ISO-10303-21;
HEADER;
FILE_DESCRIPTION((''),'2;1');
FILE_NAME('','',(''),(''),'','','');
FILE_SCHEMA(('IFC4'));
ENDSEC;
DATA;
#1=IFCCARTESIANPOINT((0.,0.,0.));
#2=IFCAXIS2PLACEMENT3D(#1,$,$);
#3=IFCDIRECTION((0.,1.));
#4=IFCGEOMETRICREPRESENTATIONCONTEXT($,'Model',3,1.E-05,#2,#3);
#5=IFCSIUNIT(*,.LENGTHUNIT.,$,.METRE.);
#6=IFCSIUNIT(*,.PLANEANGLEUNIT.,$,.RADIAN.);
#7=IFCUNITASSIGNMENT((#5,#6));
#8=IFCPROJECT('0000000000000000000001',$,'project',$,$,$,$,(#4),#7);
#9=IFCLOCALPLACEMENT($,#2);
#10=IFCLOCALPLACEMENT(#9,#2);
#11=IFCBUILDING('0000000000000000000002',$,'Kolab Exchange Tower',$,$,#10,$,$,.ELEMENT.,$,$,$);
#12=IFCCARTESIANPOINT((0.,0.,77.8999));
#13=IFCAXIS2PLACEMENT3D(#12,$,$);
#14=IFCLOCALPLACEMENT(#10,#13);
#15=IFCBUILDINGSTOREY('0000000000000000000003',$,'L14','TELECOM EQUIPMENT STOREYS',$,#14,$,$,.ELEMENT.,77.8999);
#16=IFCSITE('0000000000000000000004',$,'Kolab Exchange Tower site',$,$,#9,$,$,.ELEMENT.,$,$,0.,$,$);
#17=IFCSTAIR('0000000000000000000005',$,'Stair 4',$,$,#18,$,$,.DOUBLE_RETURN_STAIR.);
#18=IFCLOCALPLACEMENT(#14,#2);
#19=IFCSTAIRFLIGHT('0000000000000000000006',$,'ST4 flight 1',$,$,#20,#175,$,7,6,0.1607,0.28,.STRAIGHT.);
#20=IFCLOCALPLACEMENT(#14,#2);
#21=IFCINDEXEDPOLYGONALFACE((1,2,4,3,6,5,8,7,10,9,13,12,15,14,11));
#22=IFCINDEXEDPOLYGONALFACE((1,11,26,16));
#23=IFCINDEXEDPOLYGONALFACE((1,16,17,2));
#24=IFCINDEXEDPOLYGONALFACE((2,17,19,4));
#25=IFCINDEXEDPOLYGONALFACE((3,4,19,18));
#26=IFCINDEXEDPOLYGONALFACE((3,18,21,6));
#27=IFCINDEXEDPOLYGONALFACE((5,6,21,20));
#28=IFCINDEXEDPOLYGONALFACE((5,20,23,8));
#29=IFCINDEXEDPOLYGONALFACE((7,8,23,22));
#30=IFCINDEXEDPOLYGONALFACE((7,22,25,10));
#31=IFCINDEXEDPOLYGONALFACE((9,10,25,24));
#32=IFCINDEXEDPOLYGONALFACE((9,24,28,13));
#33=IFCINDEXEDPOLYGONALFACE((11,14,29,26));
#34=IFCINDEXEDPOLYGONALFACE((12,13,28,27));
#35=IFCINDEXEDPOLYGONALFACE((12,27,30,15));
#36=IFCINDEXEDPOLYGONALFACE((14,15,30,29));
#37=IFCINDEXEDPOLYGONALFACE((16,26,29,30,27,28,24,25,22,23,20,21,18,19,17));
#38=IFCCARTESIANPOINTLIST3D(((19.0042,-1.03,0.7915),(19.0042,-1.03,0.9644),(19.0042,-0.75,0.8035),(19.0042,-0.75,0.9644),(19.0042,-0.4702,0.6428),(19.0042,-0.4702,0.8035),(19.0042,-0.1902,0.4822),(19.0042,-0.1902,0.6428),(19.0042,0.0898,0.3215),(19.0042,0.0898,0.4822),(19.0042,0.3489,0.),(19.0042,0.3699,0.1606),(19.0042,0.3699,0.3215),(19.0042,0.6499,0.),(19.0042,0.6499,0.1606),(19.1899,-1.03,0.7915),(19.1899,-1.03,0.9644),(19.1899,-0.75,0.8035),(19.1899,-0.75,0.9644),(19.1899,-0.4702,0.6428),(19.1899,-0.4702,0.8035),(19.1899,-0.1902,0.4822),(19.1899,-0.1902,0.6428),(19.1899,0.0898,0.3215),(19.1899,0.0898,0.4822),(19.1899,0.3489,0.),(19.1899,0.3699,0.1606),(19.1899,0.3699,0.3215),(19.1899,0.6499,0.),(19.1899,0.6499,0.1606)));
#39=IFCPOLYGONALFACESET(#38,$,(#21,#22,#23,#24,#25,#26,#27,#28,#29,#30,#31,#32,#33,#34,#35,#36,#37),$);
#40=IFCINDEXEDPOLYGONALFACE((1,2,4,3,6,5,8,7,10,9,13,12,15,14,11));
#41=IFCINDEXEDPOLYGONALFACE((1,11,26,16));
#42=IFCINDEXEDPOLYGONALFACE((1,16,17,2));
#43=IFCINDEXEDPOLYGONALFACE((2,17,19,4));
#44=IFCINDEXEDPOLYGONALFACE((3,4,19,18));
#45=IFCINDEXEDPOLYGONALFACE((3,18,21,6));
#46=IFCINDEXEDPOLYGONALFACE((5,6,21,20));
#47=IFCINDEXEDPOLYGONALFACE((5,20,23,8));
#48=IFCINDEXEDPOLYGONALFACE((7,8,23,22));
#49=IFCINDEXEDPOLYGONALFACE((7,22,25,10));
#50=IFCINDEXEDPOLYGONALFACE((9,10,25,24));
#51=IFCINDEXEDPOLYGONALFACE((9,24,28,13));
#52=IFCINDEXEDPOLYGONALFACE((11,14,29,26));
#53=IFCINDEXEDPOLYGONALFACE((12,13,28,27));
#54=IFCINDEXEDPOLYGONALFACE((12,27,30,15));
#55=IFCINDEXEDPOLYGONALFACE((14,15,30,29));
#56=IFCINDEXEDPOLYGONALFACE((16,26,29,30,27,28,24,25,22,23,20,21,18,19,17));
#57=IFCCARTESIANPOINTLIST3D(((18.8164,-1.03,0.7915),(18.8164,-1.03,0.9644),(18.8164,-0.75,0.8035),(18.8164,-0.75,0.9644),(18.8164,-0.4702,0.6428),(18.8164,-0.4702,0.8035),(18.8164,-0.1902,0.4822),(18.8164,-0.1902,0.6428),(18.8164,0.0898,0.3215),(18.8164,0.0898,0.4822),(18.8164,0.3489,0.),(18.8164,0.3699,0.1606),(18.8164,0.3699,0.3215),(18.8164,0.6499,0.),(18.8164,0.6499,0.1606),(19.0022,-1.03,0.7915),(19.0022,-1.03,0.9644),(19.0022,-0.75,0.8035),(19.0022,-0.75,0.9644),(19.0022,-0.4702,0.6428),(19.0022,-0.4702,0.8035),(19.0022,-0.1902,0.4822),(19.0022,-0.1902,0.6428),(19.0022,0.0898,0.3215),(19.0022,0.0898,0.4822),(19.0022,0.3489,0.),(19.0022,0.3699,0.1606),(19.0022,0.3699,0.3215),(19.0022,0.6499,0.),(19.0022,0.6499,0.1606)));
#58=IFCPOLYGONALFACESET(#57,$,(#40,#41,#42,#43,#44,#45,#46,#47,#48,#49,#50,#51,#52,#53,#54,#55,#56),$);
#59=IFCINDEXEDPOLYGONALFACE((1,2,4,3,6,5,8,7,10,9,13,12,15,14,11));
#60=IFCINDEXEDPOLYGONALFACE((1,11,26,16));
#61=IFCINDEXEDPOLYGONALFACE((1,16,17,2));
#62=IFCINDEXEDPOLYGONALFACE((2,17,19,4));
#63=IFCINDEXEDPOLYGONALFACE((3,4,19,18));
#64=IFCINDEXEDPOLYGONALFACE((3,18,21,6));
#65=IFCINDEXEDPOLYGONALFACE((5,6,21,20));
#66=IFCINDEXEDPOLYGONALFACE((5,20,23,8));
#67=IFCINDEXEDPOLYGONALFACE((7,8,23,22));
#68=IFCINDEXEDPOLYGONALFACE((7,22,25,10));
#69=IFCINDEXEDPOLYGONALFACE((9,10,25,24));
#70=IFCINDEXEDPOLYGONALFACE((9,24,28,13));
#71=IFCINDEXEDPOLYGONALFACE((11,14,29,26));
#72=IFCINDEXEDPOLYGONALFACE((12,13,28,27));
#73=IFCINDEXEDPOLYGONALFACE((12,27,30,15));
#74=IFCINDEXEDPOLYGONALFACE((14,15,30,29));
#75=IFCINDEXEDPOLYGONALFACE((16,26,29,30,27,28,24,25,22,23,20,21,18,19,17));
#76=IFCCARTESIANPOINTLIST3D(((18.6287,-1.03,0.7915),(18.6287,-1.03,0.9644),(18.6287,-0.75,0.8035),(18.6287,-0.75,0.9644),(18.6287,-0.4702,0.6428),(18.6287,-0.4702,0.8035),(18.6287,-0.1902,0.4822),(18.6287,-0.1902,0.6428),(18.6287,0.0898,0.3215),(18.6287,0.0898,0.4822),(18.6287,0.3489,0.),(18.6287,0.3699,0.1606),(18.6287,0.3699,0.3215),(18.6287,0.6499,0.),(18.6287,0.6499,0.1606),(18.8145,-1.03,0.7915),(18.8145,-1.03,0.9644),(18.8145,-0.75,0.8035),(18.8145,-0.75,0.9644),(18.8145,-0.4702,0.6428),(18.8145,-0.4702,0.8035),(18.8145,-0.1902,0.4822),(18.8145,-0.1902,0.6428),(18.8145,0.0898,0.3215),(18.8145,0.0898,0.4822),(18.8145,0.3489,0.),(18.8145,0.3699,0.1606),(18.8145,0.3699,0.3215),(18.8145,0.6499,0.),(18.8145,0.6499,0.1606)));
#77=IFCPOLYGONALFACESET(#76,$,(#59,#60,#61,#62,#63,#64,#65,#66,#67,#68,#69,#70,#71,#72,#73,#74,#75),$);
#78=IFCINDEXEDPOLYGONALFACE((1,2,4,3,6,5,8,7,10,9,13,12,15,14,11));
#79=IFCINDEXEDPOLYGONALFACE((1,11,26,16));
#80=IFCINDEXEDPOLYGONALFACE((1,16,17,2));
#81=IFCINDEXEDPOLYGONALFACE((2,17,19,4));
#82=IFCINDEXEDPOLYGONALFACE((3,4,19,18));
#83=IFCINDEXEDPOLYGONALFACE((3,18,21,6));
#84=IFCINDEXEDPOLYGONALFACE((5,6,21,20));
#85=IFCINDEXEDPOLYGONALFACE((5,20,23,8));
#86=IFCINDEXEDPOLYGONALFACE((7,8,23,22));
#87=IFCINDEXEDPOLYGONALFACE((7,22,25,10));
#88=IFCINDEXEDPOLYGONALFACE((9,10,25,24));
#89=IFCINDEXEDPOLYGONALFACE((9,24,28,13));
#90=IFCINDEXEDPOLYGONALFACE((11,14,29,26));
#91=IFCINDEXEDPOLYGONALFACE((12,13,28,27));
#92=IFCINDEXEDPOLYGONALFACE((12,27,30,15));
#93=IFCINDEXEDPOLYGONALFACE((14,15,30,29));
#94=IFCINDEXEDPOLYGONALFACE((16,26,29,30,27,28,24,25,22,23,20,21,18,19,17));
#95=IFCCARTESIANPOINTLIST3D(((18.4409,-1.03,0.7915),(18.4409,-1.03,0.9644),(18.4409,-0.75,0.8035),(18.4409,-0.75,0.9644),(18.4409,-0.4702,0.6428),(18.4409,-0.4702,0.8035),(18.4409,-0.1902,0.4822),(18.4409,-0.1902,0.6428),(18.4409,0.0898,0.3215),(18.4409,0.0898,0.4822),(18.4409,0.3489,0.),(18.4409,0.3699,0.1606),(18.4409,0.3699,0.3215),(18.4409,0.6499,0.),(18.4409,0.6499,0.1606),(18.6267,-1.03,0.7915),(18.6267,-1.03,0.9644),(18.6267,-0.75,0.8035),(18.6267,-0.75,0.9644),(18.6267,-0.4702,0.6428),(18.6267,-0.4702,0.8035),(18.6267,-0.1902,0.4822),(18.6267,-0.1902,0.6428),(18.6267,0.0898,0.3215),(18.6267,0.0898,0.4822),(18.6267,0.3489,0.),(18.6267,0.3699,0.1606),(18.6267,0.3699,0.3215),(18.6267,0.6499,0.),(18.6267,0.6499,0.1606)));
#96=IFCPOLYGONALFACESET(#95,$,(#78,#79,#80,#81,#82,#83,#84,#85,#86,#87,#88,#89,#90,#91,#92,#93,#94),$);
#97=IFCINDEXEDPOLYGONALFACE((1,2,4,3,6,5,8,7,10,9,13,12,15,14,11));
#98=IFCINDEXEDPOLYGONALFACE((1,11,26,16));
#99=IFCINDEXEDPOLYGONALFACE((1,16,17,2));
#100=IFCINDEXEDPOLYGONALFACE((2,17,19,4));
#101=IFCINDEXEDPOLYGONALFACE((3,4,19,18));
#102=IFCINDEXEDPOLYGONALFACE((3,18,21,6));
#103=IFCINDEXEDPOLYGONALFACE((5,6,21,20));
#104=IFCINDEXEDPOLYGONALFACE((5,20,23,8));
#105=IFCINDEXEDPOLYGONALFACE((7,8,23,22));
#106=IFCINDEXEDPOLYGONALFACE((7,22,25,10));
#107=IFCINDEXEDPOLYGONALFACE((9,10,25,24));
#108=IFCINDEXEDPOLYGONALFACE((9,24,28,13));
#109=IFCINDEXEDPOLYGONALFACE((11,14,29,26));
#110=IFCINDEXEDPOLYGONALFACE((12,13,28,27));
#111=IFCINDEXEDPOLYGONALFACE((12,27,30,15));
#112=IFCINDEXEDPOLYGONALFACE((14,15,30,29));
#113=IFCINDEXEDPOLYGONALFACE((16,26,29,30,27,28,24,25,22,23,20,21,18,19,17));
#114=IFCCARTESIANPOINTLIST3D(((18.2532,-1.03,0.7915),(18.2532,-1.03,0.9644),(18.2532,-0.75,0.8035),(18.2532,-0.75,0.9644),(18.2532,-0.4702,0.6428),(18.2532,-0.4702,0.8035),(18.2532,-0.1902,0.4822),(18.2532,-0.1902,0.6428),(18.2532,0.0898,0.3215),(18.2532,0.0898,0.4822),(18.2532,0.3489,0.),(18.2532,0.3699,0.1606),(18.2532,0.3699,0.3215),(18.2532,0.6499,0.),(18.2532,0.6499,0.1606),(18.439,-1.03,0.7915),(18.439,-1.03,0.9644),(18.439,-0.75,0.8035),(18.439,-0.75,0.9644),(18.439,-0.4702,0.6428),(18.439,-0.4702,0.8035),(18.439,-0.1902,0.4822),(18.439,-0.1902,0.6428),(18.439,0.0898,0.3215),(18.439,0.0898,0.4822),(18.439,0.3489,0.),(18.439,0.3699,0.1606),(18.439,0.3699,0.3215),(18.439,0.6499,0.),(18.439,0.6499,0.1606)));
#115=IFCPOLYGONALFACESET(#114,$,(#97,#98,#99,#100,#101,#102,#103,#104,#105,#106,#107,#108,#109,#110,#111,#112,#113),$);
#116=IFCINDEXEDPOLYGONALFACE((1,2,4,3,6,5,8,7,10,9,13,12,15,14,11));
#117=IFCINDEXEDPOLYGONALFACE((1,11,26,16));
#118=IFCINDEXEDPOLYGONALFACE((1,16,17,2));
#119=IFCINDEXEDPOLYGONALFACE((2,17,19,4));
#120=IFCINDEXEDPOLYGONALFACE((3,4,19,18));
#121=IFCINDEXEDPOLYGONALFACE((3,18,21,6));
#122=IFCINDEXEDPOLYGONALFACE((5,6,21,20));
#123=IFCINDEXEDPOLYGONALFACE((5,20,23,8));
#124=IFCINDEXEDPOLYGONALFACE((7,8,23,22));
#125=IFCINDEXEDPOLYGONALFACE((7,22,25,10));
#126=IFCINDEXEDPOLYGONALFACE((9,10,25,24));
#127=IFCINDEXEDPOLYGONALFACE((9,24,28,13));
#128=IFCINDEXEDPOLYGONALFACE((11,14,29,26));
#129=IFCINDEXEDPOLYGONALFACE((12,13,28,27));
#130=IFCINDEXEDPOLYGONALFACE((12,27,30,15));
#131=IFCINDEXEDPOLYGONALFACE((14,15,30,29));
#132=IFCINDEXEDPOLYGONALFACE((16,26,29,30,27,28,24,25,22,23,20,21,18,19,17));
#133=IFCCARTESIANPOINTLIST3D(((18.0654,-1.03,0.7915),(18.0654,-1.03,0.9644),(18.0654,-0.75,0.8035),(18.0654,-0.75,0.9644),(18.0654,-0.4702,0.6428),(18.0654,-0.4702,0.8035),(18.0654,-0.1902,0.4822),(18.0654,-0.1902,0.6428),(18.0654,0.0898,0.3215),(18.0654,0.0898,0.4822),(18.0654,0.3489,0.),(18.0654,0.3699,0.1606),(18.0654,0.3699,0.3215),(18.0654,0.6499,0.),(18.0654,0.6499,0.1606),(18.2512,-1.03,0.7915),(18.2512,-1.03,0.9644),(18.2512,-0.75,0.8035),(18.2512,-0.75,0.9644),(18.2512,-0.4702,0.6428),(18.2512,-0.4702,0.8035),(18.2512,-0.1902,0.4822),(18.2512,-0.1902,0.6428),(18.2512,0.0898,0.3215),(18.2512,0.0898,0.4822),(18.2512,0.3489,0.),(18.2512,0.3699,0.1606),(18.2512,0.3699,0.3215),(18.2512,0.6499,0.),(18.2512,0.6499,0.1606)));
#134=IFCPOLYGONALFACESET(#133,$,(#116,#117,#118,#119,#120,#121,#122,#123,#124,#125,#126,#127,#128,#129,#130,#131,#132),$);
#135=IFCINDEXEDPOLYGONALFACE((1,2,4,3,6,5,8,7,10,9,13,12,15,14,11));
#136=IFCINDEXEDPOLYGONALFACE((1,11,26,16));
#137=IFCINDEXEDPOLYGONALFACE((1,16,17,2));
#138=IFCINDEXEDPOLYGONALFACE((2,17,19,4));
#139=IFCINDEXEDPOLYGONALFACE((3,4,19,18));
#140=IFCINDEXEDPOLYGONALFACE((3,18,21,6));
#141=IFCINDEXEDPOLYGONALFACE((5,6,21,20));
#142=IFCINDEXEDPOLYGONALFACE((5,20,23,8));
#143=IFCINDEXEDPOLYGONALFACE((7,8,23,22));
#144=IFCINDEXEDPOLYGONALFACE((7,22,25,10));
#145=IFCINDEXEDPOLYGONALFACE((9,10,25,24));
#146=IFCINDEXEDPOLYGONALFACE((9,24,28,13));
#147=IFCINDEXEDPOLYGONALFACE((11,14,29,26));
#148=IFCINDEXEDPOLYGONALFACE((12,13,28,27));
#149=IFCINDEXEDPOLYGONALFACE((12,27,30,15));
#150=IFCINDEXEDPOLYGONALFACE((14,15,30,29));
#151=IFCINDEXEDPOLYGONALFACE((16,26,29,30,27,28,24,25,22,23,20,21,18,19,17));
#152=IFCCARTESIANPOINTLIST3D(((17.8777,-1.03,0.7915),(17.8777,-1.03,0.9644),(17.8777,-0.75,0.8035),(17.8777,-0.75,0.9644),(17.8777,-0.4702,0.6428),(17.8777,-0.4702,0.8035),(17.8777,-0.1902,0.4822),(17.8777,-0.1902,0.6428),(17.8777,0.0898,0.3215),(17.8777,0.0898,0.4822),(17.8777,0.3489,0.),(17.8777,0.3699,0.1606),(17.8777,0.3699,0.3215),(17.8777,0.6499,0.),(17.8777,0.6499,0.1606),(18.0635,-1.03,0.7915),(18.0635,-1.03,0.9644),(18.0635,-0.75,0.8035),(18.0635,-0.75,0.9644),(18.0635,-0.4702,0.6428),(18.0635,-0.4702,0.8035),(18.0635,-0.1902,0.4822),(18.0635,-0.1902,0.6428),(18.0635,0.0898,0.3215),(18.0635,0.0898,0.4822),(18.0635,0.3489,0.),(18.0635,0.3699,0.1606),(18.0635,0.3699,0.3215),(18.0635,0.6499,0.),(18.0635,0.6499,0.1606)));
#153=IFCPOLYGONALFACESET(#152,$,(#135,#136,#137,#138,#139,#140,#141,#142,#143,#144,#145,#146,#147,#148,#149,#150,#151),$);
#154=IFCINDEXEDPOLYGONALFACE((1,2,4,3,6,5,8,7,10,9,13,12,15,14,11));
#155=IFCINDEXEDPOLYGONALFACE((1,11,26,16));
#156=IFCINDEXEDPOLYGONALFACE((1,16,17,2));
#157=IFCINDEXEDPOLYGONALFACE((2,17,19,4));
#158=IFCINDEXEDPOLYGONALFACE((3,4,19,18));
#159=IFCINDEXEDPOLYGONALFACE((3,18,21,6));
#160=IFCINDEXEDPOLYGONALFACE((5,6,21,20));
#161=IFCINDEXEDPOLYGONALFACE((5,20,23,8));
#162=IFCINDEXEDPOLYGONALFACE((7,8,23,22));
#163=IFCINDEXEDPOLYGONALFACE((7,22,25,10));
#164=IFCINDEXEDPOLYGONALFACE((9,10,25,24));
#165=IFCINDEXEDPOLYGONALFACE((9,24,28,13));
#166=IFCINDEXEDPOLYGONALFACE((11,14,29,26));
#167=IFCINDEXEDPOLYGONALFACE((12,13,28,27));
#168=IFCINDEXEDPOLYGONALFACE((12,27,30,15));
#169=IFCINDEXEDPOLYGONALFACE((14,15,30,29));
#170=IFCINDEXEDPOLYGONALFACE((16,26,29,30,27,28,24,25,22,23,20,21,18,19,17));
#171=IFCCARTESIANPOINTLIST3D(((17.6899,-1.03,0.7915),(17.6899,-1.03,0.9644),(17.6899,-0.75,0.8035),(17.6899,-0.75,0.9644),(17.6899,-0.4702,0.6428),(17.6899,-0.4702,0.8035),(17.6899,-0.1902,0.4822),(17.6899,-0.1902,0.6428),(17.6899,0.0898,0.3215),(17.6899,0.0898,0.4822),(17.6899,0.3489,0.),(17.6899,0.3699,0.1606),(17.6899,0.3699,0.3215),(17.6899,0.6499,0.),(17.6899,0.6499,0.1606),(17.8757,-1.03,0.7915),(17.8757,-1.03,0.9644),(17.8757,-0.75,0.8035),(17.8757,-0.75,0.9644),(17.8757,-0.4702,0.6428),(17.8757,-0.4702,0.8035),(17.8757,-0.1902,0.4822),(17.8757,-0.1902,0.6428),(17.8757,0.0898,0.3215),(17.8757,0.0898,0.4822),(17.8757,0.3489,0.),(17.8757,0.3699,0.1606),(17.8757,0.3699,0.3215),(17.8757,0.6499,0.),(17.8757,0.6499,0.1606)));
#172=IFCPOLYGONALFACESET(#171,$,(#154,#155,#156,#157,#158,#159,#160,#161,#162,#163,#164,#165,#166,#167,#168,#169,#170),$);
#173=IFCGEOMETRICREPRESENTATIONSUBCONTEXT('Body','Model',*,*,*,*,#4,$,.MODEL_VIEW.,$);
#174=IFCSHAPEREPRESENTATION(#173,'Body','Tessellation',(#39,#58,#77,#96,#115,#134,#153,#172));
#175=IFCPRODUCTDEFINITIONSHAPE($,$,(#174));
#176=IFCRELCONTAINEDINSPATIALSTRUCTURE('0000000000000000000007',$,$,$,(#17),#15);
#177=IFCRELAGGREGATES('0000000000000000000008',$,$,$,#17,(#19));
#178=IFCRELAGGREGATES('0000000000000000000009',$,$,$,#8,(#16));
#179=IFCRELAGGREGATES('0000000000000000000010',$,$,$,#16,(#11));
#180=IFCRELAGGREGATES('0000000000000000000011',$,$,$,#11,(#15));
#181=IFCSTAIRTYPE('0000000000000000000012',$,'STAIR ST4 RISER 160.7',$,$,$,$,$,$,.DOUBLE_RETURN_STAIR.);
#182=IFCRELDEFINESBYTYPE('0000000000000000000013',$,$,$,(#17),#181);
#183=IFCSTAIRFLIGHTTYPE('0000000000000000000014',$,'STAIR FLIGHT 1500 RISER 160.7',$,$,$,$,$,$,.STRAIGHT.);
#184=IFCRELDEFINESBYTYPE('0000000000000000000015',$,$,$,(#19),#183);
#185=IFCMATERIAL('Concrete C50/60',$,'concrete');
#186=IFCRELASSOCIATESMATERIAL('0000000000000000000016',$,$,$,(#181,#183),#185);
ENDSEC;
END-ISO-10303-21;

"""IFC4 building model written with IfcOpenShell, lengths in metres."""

from ifc_helpers import new_model, si_unit, direction, frame, origin, place, context, subcontext, project, spatial, polyline, outline, extrude, material, type_object, element, aggregate, save


model = new_model("IFC4")

# Units and contexts
model_context = context("Model", 3, precision=1e-05, world=origin(), true_north=direction((0.0, 1.0)))
body_context = subcontext(model_context, "Body", "Model", "MODEL_VIEW")
ifc_project = project(units=[si_unit("LENGTHUNIT", "METRE"), si_unit("PLANEANGLEUNIT", "RADIAN")], contexts=[model_context])

# Site, building, storey
site_placement = place(None, origin())
site = spatial("IfcSite", under=ifc_project, at=site_placement, Name="Kolab Exchange Tower site", CompositionType="ELEMENT", RefElevation=0.0)
building_placement = place(site_placement, origin())
building = spatial("IfcBuilding", under=site, at=building_placement, Name="Kolab Exchange Tower", CompositionType="ELEMENT")
storey_placement = place(building_placement, frame((0.0, 0.0, 77.8999)))
storey = spatial("IfcBuildingStorey", under=building, at=storey_placement, Name="L14", Description="TELECOM EQUIPMENT STOREYS", CompositionType="ELEMENT", Elevation=77.8999)

# Shared definitions
ifc_material_1 = material(Name="Concrete C50/60", Category="concrete")

# Stair, stair flight
stair_type = type_object("IfcStairType", Name="STAIR ST4 RISER 160.7", PredefinedType="DOUBLE_RETURN_STAIR", material=ifc_material_1)
stair_placement = place(storey_placement, origin())
stair = element("IfcStair", 1, at=stair_placement, inside=storey, type_object=stair_type, Name="Stair 4", PredefinedType="DOUBLE_RETURN_STAIR")
stair_flight_type = type_object("IfcStairFlightType", Name="STAIR FLIGHT 1500 RISER 160.7", PredefinedType="STRAIGHT", material=ifc_material_1)
stair_flight_1_placement = place(storey_placement, frame((18.4399, 0.6499, 0.0), z_axis=(0.0, 0.0, 1.0), x_axis=(0.0, -1.0, 0.0)))
stair_flight_1 = element("IfcStairFlight", 2, at=stair_flight_1_placement, type_object=stair_flight_type, Name="ST4 flight 1", NumberOfRisers=7, NumberOfTreads=6, PredefinedType="STRAIGHT", RiserHeight=0.1607, TreadLength=0.28, context=body_context, shape_type="SweptSolid", body=[
    extrude(outline(polyline([(0.0, 0.0), (0.0, 0.1606), (0.28, 0.1606), (0.28, 0.3215), (0.5601, 0.3215), (0.5601, 0.4822), (0.8401, 0.4822), (0.8401, 0.6428), (1.1201, 0.6428), (1.1201, 0.8035), (1.3999, 0.8035), (1.3999, 0.9644), (1.6799, 0.9644), (1.6799, 1.125), (1.6799, 0.7915), (0.301, 0.0), (0.0, 0.0)])), frame((0.0, 0.75, 0.0), z_axis=(0.0, -1.0, 0.0), x_axis=(1.0, 0.0, 0.0)), (0.0, 0.0, 1.0), 0.1858),
    extrude(outline(polyline([(0.0, 0.0), (0.0, 0.1606), (0.28, 0.1606), (0.28, 0.3215), (0.5601, 0.3215), (0.5601, 0.4822), (0.8401, 0.4822), (0.8401, 0.6428), (1.1201, 0.6428), (1.1201, 0.8035), (1.3999, 0.8035), (1.3999, 0.9644), (1.6799, 0.9644), (1.6799, 1.125), (1.6799, 0.7915), (0.301, 0.0), (0.0, 0.0)])), frame((0.0, 0.5623, 0.0), z_axis=(0.0, -1.0, 0.0), x_axis=(1.0, 0.0, 0.0)), (0.0, 0.0, 1.0), 0.1858),
    extrude(outline(polyline([(0.0, 0.0), (0.0, 0.1606), (0.28, 0.1606), (0.28, 0.3215), (0.5601, 0.3215), (0.5601, 0.4822), (0.8401, 0.4822), (0.8401, 0.6428), (1.1201, 0.6428), (1.1201, 0.8035), (1.3999, 0.8035), (1.3999, 0.9644), (1.6799, 0.9644), (1.6799, 1.125), (1.6799, 0.7915), (0.301, 0.0), (0.0, 0.0)])), frame((0.0, 0.3745, 0.0), z_axis=(0.0, -1.0, 0.0), x_axis=(1.0, 0.0, 0.0)), (0.0, 0.0, 1.0), 0.1858),
    extrude(outline(polyline([(0.0, 0.0), (0.0, 0.1606), (0.28, 0.1606), (0.28, 0.3215), (0.5601, 0.3215), (0.5601, 0.4822), (0.8401, 0.4822), (0.8401, 0.6428), (1.1201, 0.6428), (1.1201, 0.8035), (1.3999, 0.8035), (1.3999, 0.9644), (1.6799, 0.9644), (1.6799, 1.125), (1.6799, 0.7915), (0.301, 0.0), (0.0, 0.0)])), frame((0.0, 0.1868, 0.0), z_axis=(0.0, -1.0, 0.0), x_axis=(1.0, 0.0, 0.0)), (0.0, 0.0, 1.0), 0.1858),
    extrude(outline(polyline([(0.0, 0.0), (0.0, 0.1606), (0.28, 0.1606), (0.28, 0.3215), (0.5601, 0.3215), (0.5601, 0.4822), (0.8401, 0.4822), (0.8401, 0.6428), (1.1201, 0.6428), (1.1201, 0.8035), (1.3999, 0.8035), (1.3999, 0.9644), (1.6799, 0.9644), (1.6799, 1.125), (1.6799, 0.7915), (0.301, 0.0), (0.0, 0.0)])), frame((0.0, -0.001, 0.0), z_axis=(0.0, -1.0, 0.0), x_axis=(1.0, 0.0, 0.0)), (0.0, 0.0, 1.0), 0.1858),
    extrude(outline(polyline([(0.0, 0.0), (0.0, 0.1606), (0.28, 0.1606), (0.28, 0.3215), (0.5601, 0.3215), (0.5601, 0.4822), (0.8401, 0.4822), (0.8401, 0.6428), (1.1201, 0.6428), (1.1201, 0.8035), (1.3999, 0.8035), (1.3999, 0.9644), (1.6799, 0.9644), (1.6799, 1.125), (1.6799, 0.7915), (0.301, 0.0), (0.0, 0.0)])), frame((0.0, -0.1887, 0.0), z_axis=(0.0, -1.0, 0.0), x_axis=(1.0, 0.0, 0.0)), (0.0, 0.0, 1.0), 0.1858),
    extrude(outline(polyline([(0.0, 0.0), (0.0, 0.1606), (0.28, 0.1606), (0.28, 0.3215), (0.5601, 0.3215), (0.5601, 0.4822), (0.8401, 0.4822), (0.8401, 0.6428), (1.1201, 0.6428), (1.1201, 0.8035), (1.3999, 0.8035), (1.3999, 0.9644), (1.6799, 0.9644), (1.6799, 1.125), (1.6799, 0.7915), (0.301, 0.0), (0.0, 0.0)])), frame((0.0, -0.3765, 0.0), z_axis=(0.0, -1.0, 0.0), x_axis=(1.0, 0.0, 0.0)), (0.0, 0.0, 1.0), 0.1858),
    extrude(outline(polyline([(0.0, 0.0), (0.0, 0.1606), (0.28, 0.1606), (0.28, 0.3215), (0.5601, 0.3215), (0.5601, 0.4822), (0.8401, 0.4822), (0.8401, 0.6428), (1.1201, 0.6428), (1.1201, 0.8035), (1.3999, 0.8035), (1.3999, 0.9644), (1.6799, 0.9644), (1.6799, 1.125), (1.6799, 0.7915), (0.301, 0.0), (0.0, 0.0)])), frame((0.0, -0.5642, 0.0), z_axis=(0.0, -1.0, 0.0), x_axis=(1.0, 0.0, 0.0)), (0.0, 0.0, 1.0), 0.1858),
])
aggregate(stair, [stair_flight_1])

save(model, "model.ifc")
